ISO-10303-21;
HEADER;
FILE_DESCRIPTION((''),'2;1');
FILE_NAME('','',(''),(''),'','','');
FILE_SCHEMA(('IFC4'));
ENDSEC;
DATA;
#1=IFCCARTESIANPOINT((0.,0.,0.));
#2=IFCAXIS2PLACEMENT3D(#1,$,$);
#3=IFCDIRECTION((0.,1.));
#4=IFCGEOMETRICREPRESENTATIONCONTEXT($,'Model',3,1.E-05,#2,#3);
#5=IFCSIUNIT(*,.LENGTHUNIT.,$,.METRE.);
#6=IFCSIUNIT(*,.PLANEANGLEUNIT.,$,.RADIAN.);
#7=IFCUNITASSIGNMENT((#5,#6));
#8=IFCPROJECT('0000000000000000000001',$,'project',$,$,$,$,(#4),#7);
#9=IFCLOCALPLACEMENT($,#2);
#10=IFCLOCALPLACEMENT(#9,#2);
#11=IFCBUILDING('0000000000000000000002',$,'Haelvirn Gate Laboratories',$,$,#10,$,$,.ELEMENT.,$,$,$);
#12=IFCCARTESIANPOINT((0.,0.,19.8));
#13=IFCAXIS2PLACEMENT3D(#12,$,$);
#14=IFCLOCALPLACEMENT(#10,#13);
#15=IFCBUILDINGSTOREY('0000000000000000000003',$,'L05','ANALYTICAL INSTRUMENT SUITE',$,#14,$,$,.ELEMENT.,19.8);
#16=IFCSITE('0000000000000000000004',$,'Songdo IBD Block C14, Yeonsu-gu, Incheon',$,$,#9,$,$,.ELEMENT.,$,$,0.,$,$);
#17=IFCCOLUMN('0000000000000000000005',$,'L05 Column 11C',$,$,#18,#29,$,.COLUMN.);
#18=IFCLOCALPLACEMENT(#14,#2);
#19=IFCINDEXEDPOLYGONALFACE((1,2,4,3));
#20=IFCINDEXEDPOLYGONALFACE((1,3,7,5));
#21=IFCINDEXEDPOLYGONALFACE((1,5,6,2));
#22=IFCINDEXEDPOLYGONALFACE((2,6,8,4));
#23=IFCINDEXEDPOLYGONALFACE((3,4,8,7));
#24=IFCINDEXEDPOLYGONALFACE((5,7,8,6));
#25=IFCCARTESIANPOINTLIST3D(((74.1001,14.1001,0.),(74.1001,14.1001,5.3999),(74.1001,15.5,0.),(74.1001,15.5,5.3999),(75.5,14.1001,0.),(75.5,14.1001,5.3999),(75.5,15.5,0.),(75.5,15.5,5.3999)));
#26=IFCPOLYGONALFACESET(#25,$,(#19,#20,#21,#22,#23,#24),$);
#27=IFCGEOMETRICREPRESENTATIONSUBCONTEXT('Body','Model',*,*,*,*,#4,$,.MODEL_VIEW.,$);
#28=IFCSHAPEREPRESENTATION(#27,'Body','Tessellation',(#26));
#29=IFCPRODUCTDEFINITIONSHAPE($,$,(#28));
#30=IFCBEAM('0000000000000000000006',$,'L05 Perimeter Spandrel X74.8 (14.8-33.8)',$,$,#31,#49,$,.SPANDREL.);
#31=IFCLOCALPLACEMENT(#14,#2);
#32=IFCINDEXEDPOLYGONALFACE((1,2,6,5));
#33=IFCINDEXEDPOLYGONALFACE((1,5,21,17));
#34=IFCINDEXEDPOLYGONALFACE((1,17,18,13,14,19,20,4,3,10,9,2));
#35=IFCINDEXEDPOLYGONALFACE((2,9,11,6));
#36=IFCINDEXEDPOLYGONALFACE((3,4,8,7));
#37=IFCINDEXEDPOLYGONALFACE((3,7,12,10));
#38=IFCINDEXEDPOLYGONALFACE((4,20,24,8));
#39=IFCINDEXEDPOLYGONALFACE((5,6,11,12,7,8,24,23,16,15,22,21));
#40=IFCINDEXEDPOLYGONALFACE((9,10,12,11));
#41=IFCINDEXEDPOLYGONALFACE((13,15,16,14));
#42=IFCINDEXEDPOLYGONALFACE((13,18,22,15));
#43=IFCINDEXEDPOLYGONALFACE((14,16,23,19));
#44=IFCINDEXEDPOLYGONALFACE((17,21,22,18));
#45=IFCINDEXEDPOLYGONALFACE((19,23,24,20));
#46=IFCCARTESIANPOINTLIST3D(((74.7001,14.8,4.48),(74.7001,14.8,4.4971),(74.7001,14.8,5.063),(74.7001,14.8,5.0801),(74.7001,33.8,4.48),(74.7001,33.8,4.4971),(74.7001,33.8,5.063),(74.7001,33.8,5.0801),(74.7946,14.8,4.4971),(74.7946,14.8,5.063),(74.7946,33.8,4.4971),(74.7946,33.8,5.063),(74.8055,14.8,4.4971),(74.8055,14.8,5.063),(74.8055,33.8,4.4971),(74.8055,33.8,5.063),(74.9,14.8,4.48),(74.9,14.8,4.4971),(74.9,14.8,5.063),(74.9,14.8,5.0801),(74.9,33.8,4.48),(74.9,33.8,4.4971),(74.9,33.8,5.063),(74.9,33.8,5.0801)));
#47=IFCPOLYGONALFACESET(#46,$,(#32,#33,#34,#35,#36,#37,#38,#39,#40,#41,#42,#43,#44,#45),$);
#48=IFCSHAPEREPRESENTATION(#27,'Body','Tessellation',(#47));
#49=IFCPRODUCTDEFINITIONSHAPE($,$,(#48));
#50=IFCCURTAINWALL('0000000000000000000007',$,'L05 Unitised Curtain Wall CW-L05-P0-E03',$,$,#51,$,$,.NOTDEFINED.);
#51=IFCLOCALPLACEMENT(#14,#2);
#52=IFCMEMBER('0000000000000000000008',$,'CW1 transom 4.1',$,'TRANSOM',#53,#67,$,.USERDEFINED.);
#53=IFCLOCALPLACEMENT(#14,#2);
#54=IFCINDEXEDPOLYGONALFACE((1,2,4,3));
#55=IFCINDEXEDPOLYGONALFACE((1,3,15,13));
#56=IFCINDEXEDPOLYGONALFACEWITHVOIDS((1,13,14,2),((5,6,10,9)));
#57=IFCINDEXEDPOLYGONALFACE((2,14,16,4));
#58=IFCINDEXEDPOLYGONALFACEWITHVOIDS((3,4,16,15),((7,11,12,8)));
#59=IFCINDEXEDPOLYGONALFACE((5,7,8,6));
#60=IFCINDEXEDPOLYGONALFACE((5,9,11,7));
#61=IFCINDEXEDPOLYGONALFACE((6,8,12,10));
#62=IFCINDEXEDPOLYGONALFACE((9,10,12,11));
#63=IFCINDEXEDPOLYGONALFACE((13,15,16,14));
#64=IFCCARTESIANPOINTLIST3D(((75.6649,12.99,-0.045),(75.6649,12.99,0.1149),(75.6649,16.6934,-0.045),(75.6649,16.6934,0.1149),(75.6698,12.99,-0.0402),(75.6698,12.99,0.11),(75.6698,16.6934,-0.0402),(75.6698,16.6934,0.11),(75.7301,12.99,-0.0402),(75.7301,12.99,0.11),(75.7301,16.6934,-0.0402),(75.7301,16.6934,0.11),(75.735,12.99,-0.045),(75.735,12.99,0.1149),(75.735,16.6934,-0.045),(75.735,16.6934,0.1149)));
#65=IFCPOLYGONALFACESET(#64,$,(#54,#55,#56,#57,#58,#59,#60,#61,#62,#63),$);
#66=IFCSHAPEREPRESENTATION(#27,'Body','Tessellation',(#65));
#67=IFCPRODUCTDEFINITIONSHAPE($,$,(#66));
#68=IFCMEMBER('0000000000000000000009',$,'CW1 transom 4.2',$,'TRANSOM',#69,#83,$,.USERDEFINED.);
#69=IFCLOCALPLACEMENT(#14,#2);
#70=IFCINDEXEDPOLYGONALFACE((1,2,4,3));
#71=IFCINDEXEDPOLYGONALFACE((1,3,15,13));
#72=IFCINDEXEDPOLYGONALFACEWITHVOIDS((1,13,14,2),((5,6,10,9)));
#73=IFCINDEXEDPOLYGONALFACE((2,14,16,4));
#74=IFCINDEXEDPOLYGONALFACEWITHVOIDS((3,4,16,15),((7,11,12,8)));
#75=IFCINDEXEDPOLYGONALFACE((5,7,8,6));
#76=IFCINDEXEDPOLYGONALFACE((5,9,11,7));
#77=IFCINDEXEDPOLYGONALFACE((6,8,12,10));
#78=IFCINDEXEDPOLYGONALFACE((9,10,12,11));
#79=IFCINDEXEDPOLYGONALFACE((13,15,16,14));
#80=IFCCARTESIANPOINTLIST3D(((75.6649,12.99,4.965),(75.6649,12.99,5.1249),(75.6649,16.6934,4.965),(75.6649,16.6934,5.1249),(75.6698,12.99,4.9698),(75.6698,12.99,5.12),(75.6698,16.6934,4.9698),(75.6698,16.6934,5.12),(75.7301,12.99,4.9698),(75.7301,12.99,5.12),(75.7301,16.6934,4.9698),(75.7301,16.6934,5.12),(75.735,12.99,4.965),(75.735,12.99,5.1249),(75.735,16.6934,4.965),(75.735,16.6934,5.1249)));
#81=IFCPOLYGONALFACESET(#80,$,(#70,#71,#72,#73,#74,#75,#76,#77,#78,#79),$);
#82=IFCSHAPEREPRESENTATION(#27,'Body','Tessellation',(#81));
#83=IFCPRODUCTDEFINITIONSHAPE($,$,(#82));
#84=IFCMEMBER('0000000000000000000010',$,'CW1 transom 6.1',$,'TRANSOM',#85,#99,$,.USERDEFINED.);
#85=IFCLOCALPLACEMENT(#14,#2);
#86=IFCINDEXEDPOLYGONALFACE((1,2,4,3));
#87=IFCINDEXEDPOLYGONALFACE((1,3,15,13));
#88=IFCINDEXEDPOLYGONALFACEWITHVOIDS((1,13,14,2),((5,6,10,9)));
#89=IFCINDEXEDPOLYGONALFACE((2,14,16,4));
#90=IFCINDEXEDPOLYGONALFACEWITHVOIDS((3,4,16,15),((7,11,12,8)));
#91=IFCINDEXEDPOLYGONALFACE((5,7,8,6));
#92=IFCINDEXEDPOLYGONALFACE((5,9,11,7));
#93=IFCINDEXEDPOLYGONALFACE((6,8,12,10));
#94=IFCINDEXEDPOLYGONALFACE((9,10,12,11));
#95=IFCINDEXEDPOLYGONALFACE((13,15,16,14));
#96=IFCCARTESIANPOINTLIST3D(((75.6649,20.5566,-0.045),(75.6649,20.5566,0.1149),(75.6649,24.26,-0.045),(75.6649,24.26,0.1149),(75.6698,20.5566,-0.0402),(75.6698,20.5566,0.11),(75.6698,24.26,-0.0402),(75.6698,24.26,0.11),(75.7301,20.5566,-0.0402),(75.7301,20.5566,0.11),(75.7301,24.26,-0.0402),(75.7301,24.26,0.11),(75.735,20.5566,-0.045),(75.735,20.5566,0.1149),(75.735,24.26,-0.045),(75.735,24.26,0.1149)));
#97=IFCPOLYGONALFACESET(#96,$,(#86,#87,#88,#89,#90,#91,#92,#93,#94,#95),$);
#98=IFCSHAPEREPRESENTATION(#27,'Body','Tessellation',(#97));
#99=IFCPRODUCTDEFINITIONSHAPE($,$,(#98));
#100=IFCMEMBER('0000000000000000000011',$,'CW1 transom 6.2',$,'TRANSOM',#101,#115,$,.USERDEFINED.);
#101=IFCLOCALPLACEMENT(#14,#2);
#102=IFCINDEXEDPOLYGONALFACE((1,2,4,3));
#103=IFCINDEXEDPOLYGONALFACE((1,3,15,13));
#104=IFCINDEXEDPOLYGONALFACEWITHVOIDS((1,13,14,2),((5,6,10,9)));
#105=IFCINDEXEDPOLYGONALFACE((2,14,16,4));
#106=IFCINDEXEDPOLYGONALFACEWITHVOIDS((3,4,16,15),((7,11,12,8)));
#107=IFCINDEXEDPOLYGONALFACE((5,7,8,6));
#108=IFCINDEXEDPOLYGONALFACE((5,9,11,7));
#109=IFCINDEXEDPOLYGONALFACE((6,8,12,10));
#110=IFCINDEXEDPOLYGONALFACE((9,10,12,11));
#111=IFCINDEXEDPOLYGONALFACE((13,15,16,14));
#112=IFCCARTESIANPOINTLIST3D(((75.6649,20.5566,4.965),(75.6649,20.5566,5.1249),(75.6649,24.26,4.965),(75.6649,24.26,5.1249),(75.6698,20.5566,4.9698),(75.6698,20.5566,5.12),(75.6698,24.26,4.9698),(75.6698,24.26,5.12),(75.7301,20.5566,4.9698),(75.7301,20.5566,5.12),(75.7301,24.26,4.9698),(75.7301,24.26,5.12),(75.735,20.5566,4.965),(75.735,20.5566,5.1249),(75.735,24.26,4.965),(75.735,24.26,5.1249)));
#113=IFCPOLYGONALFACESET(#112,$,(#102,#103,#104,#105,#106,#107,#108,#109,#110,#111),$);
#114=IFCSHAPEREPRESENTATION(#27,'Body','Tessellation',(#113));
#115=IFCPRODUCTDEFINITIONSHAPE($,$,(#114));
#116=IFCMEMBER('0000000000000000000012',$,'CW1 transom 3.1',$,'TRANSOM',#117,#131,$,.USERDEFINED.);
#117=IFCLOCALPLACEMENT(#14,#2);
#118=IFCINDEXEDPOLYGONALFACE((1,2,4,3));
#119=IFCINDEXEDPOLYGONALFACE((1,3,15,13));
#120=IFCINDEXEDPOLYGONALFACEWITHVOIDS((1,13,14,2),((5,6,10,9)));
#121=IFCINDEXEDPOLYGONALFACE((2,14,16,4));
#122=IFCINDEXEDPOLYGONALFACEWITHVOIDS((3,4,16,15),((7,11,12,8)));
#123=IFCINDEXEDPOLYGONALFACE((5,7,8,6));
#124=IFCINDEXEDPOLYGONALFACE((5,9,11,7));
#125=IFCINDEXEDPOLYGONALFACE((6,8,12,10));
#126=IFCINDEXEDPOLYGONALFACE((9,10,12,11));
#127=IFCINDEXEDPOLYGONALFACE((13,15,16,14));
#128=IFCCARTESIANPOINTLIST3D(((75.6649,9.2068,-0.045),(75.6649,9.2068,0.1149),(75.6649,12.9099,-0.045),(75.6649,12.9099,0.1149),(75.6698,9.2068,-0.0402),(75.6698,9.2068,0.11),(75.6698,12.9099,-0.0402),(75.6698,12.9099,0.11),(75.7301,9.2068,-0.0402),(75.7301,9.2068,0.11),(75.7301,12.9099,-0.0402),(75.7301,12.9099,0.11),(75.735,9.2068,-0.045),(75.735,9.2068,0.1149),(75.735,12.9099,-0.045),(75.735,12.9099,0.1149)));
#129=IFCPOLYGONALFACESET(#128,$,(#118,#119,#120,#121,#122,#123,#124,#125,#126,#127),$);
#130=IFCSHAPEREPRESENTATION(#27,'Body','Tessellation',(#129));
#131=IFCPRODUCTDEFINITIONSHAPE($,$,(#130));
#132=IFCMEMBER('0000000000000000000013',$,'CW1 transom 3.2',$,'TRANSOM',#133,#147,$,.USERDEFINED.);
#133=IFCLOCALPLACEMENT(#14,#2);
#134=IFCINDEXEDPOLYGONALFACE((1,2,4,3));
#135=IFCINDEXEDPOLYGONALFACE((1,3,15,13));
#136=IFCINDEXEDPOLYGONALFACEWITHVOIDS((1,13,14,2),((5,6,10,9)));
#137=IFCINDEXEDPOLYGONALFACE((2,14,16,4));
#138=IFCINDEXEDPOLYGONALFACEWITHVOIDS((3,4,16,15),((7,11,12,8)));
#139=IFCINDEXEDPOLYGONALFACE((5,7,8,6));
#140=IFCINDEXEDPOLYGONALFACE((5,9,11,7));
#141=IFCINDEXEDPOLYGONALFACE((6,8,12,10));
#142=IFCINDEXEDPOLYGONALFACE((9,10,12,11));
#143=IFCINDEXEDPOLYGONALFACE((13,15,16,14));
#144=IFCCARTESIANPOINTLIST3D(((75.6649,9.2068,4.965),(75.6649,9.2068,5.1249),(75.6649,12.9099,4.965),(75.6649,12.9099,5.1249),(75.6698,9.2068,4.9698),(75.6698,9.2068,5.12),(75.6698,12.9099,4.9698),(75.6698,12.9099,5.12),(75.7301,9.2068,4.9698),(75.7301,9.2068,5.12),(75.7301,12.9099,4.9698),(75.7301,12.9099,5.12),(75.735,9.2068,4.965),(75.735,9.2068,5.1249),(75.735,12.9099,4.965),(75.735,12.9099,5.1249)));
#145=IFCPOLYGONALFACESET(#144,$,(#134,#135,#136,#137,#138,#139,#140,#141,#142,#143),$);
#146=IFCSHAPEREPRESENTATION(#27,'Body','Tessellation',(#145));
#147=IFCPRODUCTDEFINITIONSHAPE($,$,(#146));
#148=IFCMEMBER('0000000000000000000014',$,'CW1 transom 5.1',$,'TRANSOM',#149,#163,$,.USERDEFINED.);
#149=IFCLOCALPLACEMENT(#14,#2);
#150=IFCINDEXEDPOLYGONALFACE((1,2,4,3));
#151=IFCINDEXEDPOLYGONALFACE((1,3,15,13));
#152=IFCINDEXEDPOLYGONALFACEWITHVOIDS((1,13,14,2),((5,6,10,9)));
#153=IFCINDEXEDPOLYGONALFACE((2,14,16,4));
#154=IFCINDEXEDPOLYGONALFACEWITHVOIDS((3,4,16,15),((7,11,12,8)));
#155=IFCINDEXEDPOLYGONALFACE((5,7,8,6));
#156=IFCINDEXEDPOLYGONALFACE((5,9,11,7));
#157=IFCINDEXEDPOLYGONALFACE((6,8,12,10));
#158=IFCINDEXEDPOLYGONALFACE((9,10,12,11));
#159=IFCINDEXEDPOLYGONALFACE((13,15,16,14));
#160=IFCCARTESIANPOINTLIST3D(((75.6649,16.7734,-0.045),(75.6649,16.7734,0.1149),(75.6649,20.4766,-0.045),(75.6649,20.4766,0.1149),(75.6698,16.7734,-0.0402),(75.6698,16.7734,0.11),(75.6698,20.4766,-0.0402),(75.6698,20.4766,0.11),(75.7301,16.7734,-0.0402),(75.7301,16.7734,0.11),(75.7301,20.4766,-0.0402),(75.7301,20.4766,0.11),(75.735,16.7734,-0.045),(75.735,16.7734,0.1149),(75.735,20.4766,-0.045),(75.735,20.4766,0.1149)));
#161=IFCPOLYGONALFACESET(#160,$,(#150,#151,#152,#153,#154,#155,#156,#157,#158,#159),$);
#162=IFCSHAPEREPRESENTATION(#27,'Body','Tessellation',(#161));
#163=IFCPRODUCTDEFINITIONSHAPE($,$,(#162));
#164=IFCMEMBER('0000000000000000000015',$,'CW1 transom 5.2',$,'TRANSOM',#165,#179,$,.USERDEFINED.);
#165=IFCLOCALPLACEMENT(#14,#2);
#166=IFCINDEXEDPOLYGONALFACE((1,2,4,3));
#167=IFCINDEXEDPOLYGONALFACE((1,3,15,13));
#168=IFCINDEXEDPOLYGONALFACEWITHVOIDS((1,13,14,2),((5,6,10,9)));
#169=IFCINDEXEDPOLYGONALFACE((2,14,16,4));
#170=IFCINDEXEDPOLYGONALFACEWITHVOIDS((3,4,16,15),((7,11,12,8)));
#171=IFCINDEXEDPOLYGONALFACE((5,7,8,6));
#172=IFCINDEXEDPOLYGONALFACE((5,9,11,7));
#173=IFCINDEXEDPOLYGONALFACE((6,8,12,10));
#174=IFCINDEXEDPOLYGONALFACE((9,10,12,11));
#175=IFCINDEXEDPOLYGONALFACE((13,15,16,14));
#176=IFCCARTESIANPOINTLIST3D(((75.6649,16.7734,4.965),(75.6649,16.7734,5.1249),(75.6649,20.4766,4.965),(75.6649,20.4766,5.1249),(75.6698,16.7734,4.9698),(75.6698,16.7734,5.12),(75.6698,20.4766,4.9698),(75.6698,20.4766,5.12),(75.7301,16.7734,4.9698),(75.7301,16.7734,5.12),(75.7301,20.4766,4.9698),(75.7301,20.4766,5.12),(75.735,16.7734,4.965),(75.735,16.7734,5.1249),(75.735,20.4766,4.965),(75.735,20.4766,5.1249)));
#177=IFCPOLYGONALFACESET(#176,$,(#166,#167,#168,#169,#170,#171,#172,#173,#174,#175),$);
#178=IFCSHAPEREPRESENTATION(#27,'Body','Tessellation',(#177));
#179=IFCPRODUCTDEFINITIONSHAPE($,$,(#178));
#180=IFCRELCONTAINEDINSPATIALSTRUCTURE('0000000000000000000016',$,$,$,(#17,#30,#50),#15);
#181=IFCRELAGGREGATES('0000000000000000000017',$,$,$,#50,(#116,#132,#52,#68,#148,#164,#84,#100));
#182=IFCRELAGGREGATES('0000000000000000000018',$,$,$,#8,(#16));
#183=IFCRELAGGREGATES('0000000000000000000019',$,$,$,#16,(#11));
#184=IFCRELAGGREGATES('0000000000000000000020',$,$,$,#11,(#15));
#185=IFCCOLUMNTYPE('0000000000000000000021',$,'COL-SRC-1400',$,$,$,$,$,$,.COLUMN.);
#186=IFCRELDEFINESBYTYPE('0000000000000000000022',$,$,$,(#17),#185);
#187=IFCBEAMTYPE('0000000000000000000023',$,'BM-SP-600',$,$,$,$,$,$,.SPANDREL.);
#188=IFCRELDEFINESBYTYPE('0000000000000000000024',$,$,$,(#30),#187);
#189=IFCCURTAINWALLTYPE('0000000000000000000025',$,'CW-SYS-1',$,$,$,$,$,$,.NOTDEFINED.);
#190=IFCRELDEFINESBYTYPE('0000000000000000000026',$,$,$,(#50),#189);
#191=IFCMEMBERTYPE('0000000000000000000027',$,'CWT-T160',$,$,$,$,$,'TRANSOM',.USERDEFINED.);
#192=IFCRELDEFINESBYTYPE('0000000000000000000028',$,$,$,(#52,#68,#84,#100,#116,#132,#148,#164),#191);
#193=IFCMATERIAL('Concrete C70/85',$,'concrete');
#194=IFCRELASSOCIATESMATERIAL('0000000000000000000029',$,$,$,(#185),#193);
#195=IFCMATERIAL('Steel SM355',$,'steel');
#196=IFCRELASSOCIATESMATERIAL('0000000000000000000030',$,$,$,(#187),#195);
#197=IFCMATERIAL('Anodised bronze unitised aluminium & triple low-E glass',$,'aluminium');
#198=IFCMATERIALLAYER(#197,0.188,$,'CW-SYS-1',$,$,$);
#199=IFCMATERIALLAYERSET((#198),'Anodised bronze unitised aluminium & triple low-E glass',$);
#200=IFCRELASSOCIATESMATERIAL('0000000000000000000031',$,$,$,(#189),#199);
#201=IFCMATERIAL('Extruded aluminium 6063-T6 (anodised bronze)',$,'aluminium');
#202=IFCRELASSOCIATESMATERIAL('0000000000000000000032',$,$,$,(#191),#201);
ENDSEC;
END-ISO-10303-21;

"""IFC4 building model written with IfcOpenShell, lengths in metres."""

from ifc_helpers import new_model, si_unit, direction, frame, origin, origin_2d, place, context, subcontext, project, spatial, rectangle, hollow_rectangle, i_section, extrude, source, transform, mapped, material, layer, layer_set, material_profile, profile_set, type_object, type_shapes, element, aggregate, save


model = new_model("IFC4")

# Units and contexts
model_context = context("Model", 3, precision=1e-05, world=origin(), true_north=direction((0.0, 1.0)))
body_context = subcontext(model_context, "Body", "Model", "MODEL_VIEW")
ifc_project = project(units=[si_unit("LENGTHUNIT", "METRE"), si_unit("PLANEANGLEUNIT", "RADIAN")], contexts=[model_context])

# Site, building, storey
site_placement = place(None, origin())
site = spatial("IfcSite", under=ifc_project, at=site_placement, Name="Songdo IBD Block C14, Yeonsu-gu, Incheon", CompositionType="ELEMENT", RefElevation=0.0)
building_placement = place(site_placement, origin())
building = spatial("IfcBuilding", under=site, at=building_placement, Name="Haelvirn Gate Laboratories", CompositionType="ELEMENT")
storey_placement = place(building_placement, frame((0.0, 0.0, 19.8)))
storey = spatial("IfcBuildingStorey", under=building, at=storey_placement, Name="L05", Description="ANALYTICAL INSTRUMENT SUITE", CompositionType="ELEMENT", Elevation=19.8)

# Column
ifc_material_1 = material(Name="Concrete C70/85", Category="concrete")
ifc_material_profile_1 = material_profile(ifc_material_1, rectangle(XDim=1.3999, YDim=1.3999, at=origin_2d()), Name="SRC-1400x1400")
ifc_profile_set_1 = profile_set([ifc_material_profile_1], Name="Concrete C70/85")
column_type = type_object("IfcColumnType", Name="COL-SRC-1400", PredefinedType="COLUMN", material=ifc_profile_set_1)
shared_shape_1 = source(origin(), body_context, "Body", "SweptSolid", [
    extrude(rectangle(XDim=1.3999, YDim=1.3999, at=origin_2d()), origin(), (0.0, 0.0, 1.0), 5.3999),
])
type_shapes(column_type, [shared_shape_1])
column_placement = place(storey_placement, frame((74.8, 14.8, 0.0), z_axis=(0.0, 0.0, 1.0), x_axis=(1.0, 0.0, 0.0)))
element("IfcColumn", 1, at=column_placement, inside=storey, type_object=column_type, Name="L05 Column 11C", PredefinedType="COLUMN", context=body_context, shape_type="MappedRepresentation", body=[
    mapped(shared_shape_1, transform((0.0, 0.0, 0.0), scale=1.0)),
])

# Beam
ifc_material_2 = material(Name="Steel SM355", Category="steel")
ifc_material_profile_2 = material_profile(ifc_material_2, i_section(OverallWidth=0.2, OverallDepth=0.6001, WebThickness=0.011, FlangeThickness=0.0171, at=origin_2d()), Name="H-600x200x11x17")
ifc_profile_set_2 = profile_set([ifc_material_profile_2], Name="Steel SM355")
beam_type = type_object("IfcBeamType", Name="BM-SP-600", PredefinedType="SPANDREL", material=ifc_profile_set_2)
shared_shape_2 = source(origin(), body_context, "Body", "SweptSolid", [
    extrude(i_section(OverallWidth=0.2, OverallDepth=0.6001, WebThickness=0.011, FlangeThickness=0.0171, at=origin_2d()), origin(), (0.0, 0.0, 1.0), 19.0),
])
type_shapes(beam_type, [shared_shape_2])
beam_placement = place(storey_placement, frame((74.8, 14.8, 4.78), z_axis=(0.0, 1.0, 0.0), x_axis=(-1.0, 0.0, 0.0)))
element("IfcBeam", 2, at=beam_placement, inside=storey, type_object=beam_type, Name="L05 Perimeter Spandrel X74.8 (14.8-33.8)", PredefinedType="SPANDREL", context=body_context, shape_type="MappedRepresentation", body=[
    mapped(shared_shape_2, transform((0.0, 0.0, 0.0), scale=1.0)),
])

# Curtain wall, members
ifc_material_3 = material(Name="Anodised bronze unitised aluminium & triple low-E glass", Category="aluminium")
ifc_layer_1 = layer(ifc_material_3, 0.188, Name="CW-SYS-1")
ifc_layer_set_1 = layer_set([ifc_layer_1], Name="Anodised bronze unitised aluminium & triple low-E glass")
curtain_wall_type = type_object("IfcCurtainWallType", Name="CW-SYS-1", PredefinedType="NOTDEFINED", material=ifc_layer_set_1)
curtain_wall_placement = place(storey_placement, origin())
curtain_wall = element("IfcCurtainWall", 3, at=curtain_wall_placement, inside=storey, type_object=curtain_wall_type, Name="L05 Unitised Curtain Wall CW-L05-P0-E03", PredefinedType="NOTDEFINED")
ifc_material_4 = material(Name="Extruded aluminium 6063-T6 (anodised bronze)", Category="aluminium")
ifc_material_profile_3 = material_profile(ifc_material_4, hollow_rectangle(XDim=0.0701, YDim=0.1599, WallThickness=0.0049, at=origin_2d()), Name="CWT-160x70x5")
ifc_profile_set_3 = profile_set([ifc_material_profile_3], Name="Extruded aluminium 6063-T6 (anodised bronze)")
member_type_1 = type_object("IfcMemberType", Name="CWT-T160", ElementType="TRANSOM", PredefinedType="USERDEFINED", material=ifc_profile_set_3)
shared_shape_3 = source(origin(), body_context, "Body", "SweptSolid", [
    extrude(hollow_rectangle(XDim=0.0701, YDim=0.1599, WallThickness=0.0049, at=origin_2d()), origin(), (0.0, 0.0, 1.0), 3.7034),
])
member_1_placement = place(storey_placement, frame((75.7, 12.99, 0.0349), z_axis=(0.0, 1.0, 0.0), x_axis=(-1.0, 0.0, 0.0)))
member_1 = element("IfcMember", 4, at=member_1_placement, type_object=member_type_1, Name="CW1 transom 4.1", ObjectType="TRANSOM", PredefinedType="USERDEFINED", context=body_context, shape_type="MappedRepresentation", body=[
    mapped(shared_shape_3, transform((0.0, 0.0, 0.0), scale=1.0)),
])
member_2_placement = place(storey_placement, frame((75.7, 12.99, 5.0449), z_axis=(0.0, 1.0, 0.0), x_axis=(-1.0, 0.0, 0.0)))
member_2 = element("IfcMember", 5, at=member_2_placement, type_object=member_type_1, Name="CW1 transom 4.2", ObjectType="TRANSOM", PredefinedType="USERDEFINED", context=body_context, shape_type="MappedRepresentation", body=[
    mapped(shared_shape_3, transform((0.0, 0.0, 0.0), scale=1.0)),
])
member_3_placement = place(storey_placement, frame((75.7, 20.5566, 0.0349), z_axis=(0.0, 1.0, 0.0), x_axis=(-1.0, 0.0, 0.0)))
member_3 = element("IfcMember", 6, at=member_3_placement, type_object=member_type_1, Name="CW1 transom 6.1", ObjectType="TRANSOM", PredefinedType="USERDEFINED", context=body_context, shape_type="MappedRepresentation", body=[
    mapped(shared_shape_3, transform((0.0, 0.0, 0.0), scale=1.0)),
])
member_4_placement = place(storey_placement, frame((75.7, 20.5566, 5.0449), z_axis=(0.0, 1.0, 0.0), x_axis=(-1.0, 0.0, 0.0)))
member_4 = element("IfcMember", 7, at=member_4_placement, type_object=member_type_1, Name="CW1 transom 6.2", ObjectType="TRANSOM", PredefinedType="USERDEFINED", context=body_context, shape_type="MappedRepresentation", body=[
    mapped(shared_shape_3, transform((0.0, 0.0, 0.0), scale=1.0)),
])
shared_shape_4 = source(origin(), body_context, "Body", "SweptSolid", [
    extrude(hollow_rectangle(XDim=0.0701, YDim=0.1599, WallThickness=0.0049, at=origin_2d()), origin(), (0.0, 0.0, 1.0), 3.7031),
])
type_shapes(member_type_1, [shared_shape_3, shared_shape_4])
member_5_placement = place(storey_placement, frame((75.7, 9.2068, 0.0349), z_axis=(0.0, 1.0, 0.0), x_axis=(-1.0, 0.0, 0.0)))
member_5 = element("IfcMember", 8, at=member_5_placement, type_object=member_type_1, Name="CW1 transom 3.1", ObjectType="TRANSOM", PredefinedType="USERDEFINED", context=body_context, shape_type="MappedRepresentation", body=[
    mapped(shared_shape_4, transform((0.0, 0.0, 0.0), scale=1.0)),
])
member_6_placement = place(storey_placement, frame((75.7, 9.2068, 5.0449), z_axis=(0.0, 1.0, 0.0), x_axis=(-1.0, 0.0, 0.0)))
member_6 = element("IfcMember", 9, at=member_6_placement, type_object=member_type_1, Name="CW1 transom 3.2", ObjectType="TRANSOM", PredefinedType="USERDEFINED", context=body_context, shape_type="MappedRepresentation", body=[
    mapped(shared_shape_4, transform((0.0, 0.0, 0.0), scale=1.0)),
])
member_7_placement = place(storey_placement, frame((75.7, 16.7734, 0.0349), z_axis=(0.0, 1.0, 0.0), x_axis=(-1.0, 0.0, 0.0)))
member_7 = element("IfcMember", 10, at=member_7_placement, type_object=member_type_1, Name="CW1 transom 5.1", ObjectType="TRANSOM", PredefinedType="USERDEFINED", context=body_context, shape_type="MappedRepresentation", body=[
    mapped(shared_shape_4, transform((0.0, 0.0, 0.0), scale=1.0)),
])
member_8_placement = place(storey_placement, frame((75.7, 16.7734, 5.0449), z_axis=(0.0, 1.0, 0.0), x_axis=(-1.0, 0.0, 0.0)))
member_8 = element("IfcMember", 11, at=member_8_placement, type_object=member_type_1, Name="CW1 transom 5.2", ObjectType="TRANSOM", PredefinedType="USERDEFINED", context=body_context, shape_type="MappedRepresentation", body=[
    mapped(shared_shape_4, transform((0.0, 0.0, 0.0), scale=1.0)),
])
aggregate(curtain_wall, [member_5, member_6, member_1, member_2, member_7, member_8, member_3, member_4])

save(model, "model.ifc")
